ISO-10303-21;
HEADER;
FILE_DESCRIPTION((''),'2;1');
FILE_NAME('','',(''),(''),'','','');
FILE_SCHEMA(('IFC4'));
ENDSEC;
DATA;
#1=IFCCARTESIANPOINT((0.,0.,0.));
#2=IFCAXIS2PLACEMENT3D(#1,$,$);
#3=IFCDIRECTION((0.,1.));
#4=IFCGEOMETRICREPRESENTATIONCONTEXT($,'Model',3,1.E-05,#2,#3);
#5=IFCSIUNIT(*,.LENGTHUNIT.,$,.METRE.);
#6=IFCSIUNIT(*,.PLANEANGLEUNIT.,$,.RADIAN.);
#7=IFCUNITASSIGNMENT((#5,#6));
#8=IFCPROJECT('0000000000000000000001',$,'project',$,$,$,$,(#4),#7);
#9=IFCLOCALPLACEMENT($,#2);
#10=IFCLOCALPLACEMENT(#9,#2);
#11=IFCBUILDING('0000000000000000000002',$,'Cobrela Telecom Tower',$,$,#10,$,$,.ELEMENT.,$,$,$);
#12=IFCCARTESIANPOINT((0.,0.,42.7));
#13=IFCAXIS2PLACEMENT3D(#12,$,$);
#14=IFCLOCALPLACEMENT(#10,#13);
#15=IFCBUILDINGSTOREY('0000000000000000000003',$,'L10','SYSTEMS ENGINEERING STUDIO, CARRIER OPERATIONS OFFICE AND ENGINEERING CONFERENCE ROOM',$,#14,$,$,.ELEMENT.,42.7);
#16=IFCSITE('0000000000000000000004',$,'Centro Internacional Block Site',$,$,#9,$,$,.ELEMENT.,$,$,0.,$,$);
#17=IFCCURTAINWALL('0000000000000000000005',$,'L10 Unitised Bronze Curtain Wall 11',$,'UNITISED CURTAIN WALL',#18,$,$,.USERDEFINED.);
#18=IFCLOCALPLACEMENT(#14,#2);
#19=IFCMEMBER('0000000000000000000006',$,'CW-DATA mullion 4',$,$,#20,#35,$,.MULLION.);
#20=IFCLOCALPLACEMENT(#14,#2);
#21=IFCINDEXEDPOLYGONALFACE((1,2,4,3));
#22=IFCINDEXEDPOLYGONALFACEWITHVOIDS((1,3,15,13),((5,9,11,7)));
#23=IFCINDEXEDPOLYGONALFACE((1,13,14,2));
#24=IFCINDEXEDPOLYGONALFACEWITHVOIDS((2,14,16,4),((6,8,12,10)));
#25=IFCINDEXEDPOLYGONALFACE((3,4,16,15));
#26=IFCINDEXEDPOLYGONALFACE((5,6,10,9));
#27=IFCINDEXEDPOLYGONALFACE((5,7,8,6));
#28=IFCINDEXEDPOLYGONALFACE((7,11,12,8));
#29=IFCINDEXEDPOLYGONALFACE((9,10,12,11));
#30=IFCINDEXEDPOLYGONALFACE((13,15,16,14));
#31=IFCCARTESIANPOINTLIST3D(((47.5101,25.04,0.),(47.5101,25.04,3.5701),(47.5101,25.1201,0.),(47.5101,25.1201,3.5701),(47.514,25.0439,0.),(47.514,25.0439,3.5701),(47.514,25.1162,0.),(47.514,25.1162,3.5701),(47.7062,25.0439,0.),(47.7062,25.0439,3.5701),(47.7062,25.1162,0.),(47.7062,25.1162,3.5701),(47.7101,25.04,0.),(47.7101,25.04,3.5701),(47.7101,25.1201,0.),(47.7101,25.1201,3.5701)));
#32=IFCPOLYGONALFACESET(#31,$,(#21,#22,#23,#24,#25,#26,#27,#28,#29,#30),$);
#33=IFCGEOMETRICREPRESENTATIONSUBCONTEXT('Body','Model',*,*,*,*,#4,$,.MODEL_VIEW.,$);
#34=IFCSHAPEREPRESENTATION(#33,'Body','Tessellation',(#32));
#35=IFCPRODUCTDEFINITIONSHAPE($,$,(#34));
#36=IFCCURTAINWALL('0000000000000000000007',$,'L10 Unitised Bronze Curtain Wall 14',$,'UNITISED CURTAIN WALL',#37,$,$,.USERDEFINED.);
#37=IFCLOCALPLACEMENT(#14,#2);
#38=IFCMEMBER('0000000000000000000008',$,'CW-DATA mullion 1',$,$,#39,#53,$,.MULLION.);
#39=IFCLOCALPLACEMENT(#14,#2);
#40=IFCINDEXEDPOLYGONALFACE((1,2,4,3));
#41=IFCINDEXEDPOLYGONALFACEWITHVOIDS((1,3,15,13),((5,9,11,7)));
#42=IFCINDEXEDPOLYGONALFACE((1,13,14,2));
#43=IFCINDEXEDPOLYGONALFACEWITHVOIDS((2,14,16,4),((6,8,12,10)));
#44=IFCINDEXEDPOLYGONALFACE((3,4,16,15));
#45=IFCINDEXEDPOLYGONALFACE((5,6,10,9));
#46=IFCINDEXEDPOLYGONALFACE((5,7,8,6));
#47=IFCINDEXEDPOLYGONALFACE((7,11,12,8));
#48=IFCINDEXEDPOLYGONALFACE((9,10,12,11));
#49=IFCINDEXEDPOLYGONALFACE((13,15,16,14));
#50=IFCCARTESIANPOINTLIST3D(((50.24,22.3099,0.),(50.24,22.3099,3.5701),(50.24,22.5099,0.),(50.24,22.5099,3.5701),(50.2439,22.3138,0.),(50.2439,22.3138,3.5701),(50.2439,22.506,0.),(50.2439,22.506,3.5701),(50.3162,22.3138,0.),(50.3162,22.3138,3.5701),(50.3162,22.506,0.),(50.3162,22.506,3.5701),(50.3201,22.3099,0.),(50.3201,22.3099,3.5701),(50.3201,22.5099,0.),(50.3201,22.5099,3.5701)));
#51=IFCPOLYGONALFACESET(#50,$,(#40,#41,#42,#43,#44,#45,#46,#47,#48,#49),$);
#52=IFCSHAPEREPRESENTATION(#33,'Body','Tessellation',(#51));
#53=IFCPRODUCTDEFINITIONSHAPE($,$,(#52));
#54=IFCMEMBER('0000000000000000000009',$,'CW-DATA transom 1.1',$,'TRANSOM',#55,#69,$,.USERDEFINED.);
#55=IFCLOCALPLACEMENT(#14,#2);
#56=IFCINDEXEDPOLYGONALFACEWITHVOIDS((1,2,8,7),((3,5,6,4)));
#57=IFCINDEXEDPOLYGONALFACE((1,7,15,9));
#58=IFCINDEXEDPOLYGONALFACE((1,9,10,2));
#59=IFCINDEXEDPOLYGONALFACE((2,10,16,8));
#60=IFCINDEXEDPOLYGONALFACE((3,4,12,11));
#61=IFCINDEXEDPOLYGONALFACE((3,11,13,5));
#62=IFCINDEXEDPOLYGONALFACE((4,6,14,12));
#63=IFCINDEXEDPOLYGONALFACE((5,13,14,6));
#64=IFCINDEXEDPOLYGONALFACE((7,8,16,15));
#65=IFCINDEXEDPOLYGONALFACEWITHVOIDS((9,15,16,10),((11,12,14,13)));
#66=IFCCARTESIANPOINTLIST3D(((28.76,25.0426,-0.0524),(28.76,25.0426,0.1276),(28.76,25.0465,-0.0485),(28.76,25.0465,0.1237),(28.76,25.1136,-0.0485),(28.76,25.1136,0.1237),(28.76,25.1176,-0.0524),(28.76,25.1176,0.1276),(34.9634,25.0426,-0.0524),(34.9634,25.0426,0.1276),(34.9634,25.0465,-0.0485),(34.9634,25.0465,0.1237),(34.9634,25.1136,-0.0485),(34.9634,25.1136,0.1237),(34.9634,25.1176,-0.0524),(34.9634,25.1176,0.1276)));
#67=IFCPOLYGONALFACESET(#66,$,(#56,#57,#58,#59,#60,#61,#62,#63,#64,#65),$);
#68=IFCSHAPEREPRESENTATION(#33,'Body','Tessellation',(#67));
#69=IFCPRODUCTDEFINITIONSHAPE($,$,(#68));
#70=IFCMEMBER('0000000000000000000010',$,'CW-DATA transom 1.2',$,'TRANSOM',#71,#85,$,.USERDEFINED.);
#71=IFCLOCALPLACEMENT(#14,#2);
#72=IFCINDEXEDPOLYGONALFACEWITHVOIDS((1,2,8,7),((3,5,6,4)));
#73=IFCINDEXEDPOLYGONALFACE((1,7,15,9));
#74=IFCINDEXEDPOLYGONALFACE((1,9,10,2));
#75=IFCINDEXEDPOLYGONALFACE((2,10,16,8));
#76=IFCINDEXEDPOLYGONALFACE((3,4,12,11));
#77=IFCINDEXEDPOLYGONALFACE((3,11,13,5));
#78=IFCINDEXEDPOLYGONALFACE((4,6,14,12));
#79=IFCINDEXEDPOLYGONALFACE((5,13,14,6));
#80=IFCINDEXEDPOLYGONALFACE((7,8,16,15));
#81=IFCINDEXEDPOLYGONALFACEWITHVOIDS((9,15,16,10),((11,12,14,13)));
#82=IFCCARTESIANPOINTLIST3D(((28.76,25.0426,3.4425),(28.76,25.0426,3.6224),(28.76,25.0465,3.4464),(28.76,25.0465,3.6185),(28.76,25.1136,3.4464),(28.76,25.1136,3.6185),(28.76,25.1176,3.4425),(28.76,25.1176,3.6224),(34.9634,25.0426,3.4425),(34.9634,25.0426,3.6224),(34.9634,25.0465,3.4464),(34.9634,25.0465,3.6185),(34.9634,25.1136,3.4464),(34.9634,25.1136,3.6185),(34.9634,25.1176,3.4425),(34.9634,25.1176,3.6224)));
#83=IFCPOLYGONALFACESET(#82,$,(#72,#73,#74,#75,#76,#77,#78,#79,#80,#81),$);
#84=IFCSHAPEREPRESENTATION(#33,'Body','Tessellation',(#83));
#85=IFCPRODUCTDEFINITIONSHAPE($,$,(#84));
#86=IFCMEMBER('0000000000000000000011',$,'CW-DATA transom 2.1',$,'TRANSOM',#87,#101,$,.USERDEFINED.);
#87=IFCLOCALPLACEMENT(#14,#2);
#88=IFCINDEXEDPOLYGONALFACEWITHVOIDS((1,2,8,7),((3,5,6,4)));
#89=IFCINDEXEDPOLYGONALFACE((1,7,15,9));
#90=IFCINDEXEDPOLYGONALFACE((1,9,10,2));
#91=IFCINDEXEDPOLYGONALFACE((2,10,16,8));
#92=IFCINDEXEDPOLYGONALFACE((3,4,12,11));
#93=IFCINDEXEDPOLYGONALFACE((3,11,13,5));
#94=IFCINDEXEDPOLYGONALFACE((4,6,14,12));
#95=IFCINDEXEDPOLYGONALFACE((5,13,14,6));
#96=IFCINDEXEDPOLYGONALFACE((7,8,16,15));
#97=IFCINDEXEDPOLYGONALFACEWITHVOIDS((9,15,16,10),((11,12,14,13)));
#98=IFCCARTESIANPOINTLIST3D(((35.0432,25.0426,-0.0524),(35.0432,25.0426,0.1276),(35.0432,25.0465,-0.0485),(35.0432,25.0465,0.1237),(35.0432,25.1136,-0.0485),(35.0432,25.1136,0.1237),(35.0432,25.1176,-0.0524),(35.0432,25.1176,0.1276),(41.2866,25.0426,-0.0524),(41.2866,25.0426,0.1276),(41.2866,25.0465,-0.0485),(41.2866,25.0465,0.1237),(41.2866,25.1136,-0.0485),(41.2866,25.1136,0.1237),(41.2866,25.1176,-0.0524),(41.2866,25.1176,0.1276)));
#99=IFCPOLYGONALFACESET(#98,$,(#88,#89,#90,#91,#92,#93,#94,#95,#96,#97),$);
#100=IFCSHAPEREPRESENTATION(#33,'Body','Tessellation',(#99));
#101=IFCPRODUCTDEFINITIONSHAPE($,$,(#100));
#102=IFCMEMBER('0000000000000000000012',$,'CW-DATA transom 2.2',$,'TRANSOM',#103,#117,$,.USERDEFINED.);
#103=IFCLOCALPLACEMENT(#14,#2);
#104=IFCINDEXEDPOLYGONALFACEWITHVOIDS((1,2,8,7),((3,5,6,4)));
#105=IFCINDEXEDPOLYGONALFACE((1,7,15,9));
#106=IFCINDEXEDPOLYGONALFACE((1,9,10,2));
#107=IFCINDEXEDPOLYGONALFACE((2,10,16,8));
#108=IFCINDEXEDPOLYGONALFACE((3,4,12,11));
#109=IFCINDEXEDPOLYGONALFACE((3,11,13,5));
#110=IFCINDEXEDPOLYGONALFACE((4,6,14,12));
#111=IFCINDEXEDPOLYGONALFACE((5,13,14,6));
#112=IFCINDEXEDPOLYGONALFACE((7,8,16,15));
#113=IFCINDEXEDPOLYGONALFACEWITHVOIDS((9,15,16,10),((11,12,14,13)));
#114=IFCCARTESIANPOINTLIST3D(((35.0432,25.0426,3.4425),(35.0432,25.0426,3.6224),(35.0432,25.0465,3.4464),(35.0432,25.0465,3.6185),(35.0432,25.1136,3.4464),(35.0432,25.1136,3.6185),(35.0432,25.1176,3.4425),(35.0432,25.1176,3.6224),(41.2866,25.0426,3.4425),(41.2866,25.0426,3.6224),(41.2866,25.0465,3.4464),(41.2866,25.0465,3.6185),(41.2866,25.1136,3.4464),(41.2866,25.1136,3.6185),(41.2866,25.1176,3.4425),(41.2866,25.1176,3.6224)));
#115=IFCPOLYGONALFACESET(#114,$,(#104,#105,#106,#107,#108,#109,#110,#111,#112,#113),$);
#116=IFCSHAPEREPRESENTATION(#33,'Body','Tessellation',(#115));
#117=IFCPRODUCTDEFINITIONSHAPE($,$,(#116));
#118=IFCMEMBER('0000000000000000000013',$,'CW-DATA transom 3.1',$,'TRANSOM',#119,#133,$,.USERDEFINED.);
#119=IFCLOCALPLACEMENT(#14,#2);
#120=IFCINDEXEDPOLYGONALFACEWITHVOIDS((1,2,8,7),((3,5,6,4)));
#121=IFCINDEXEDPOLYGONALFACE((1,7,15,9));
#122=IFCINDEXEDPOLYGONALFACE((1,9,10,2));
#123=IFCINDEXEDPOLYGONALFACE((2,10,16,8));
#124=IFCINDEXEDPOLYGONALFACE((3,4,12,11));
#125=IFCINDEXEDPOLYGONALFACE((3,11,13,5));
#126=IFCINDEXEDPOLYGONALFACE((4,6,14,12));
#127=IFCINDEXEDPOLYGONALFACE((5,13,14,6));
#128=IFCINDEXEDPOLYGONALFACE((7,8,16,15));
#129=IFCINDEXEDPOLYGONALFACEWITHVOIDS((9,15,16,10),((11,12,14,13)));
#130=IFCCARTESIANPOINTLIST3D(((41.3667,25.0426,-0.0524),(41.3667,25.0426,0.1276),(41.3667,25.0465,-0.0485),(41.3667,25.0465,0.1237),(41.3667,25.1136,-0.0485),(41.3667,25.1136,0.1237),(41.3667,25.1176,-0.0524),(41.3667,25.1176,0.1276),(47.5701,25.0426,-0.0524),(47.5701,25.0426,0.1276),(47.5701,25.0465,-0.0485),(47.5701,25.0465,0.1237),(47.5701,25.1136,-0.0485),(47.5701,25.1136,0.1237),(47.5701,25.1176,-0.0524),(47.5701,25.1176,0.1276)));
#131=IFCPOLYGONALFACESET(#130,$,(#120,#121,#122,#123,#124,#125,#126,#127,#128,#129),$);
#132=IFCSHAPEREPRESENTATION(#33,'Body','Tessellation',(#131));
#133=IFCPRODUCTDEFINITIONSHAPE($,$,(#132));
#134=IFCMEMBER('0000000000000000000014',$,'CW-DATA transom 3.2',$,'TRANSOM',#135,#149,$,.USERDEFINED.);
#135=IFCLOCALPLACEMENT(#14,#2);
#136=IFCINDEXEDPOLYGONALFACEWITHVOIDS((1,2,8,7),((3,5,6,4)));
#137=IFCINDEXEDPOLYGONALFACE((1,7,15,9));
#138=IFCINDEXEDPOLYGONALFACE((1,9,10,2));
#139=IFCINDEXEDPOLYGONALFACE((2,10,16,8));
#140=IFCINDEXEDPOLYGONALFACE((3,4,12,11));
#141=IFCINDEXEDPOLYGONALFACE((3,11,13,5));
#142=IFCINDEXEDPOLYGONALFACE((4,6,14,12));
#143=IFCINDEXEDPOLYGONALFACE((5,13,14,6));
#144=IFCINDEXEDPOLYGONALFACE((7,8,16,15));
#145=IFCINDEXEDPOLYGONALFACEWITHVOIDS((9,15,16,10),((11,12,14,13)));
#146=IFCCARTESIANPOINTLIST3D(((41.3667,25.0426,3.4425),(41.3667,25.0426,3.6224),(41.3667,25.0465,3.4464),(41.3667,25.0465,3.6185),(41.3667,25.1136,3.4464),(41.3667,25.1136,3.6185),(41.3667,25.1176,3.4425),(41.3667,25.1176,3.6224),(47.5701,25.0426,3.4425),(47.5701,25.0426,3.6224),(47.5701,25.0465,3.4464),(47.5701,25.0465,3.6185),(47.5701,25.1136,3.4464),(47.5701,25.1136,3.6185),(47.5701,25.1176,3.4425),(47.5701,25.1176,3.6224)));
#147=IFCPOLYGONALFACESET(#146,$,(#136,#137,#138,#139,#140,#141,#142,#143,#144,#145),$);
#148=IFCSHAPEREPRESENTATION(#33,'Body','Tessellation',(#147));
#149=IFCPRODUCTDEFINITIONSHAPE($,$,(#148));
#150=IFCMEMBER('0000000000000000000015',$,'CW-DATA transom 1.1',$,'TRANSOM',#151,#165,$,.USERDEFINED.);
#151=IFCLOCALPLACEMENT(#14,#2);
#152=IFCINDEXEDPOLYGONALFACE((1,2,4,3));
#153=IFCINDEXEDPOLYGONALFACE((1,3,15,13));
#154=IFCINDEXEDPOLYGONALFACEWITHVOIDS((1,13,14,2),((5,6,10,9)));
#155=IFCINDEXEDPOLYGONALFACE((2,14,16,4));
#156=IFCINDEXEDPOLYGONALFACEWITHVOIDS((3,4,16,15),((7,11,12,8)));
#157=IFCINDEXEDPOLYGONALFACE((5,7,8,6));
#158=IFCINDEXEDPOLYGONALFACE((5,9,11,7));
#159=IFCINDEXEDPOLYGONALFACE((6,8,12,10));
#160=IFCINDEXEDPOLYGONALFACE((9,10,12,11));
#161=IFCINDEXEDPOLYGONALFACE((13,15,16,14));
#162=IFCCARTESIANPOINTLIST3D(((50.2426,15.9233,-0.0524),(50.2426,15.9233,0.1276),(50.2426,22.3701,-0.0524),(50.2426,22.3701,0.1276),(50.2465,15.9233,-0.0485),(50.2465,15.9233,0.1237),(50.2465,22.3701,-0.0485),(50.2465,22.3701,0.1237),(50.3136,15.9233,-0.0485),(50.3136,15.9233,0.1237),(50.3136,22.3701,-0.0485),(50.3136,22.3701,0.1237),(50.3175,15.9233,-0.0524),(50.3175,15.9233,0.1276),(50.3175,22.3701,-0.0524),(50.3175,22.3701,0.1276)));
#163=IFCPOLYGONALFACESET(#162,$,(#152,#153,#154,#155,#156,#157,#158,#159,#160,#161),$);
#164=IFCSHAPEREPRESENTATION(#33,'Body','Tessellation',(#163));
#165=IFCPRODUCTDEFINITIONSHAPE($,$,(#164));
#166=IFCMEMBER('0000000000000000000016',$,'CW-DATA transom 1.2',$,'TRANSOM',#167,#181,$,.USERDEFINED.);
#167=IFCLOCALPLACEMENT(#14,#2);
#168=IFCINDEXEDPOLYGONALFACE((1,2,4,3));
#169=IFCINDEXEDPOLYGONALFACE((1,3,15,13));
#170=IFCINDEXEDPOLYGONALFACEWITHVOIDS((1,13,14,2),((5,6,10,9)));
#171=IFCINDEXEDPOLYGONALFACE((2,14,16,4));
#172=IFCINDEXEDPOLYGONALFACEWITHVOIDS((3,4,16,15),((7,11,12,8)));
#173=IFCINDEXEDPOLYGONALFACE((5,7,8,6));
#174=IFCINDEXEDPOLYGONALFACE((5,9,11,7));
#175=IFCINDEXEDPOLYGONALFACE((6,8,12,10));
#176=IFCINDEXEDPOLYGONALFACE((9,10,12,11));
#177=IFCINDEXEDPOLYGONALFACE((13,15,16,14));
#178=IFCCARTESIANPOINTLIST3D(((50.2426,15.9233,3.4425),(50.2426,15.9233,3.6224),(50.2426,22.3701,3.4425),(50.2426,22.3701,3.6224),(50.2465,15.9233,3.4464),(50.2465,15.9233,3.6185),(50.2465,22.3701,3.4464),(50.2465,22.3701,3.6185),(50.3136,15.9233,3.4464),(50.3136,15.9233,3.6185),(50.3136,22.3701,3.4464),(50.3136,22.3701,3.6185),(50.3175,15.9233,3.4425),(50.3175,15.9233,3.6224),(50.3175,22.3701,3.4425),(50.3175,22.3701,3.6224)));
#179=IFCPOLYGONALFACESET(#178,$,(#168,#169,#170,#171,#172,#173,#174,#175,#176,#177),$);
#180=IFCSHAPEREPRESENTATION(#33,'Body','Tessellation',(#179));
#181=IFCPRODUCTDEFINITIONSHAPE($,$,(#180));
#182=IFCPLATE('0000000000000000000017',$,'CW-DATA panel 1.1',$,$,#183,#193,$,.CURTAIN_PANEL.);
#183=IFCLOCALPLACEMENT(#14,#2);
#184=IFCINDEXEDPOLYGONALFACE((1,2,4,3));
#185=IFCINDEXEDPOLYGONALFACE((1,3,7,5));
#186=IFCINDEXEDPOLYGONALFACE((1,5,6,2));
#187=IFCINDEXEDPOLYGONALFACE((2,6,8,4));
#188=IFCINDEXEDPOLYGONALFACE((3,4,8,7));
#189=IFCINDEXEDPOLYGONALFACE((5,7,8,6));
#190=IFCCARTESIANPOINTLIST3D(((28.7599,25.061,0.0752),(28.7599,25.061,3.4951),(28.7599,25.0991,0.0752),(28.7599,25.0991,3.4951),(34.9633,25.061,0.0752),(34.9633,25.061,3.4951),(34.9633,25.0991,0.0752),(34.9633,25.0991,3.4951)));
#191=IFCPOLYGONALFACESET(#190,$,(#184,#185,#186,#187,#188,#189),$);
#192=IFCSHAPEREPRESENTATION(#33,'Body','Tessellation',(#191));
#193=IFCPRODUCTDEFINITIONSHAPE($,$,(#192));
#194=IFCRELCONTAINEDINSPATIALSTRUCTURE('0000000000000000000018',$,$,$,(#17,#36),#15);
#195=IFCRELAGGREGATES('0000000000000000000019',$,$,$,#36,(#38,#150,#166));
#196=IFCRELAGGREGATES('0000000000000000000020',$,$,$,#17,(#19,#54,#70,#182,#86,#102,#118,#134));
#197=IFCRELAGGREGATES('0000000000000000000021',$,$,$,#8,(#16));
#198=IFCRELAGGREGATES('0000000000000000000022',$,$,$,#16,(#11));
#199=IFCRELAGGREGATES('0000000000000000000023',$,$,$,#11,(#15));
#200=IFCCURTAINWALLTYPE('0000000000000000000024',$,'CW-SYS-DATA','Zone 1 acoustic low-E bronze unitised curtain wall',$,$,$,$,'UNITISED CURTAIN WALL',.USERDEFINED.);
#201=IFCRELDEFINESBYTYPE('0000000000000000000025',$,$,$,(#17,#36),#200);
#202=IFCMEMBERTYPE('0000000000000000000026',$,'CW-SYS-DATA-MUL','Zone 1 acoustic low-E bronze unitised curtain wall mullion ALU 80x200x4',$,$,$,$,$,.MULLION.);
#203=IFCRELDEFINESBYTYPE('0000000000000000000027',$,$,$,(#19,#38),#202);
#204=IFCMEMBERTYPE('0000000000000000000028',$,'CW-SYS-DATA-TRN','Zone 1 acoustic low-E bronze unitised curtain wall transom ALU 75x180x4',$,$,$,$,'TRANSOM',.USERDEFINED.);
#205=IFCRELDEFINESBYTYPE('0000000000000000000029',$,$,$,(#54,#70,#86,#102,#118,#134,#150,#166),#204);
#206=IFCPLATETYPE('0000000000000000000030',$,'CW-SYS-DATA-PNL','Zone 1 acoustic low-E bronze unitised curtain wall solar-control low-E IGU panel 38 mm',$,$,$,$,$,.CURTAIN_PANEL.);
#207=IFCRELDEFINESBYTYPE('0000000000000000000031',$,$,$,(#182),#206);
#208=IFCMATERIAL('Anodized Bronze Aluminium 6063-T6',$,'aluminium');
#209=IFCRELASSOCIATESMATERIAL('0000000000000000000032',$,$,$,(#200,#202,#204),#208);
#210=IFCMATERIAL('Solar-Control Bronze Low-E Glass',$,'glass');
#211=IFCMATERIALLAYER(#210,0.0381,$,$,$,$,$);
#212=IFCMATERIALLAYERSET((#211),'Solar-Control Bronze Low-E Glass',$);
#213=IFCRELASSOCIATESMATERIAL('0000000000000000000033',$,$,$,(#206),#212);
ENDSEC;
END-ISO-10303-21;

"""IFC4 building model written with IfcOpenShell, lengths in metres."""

from ifc_helpers import new_model, si_unit, direction, frame, origin, origin_2d, place, context, subcontext, project, spatial, rectangle, hollow_rectangle, extrude, material, layer, layer_set, material_profile, profile_set, type_object, element, aggregate, save


model = new_model("IFC4")

# Units and contexts
model_context = context("Model", 3, precision=1e-05, world=origin(), true_north=direction((0.0, 1.0)))
body_context = subcontext(model_context, "Body", "Model", "MODEL_VIEW")
ifc_project = project(units=[si_unit("LENGTHUNIT", "METRE"), si_unit("PLANEANGLEUNIT", "RADIAN")], contexts=[model_context])

# Site, building, storey
site_placement = place(None, origin())
site = spatial("IfcSite", under=ifc_project, at=site_placement, Name="Centro Internacional Block Site", CompositionType="ELEMENT", RefElevation=0.0)
building_placement = place(site_placement, origin())
building = spatial("IfcBuilding", under=site, at=building_placement, Name="Cobrela Telecom Tower", CompositionType="ELEMENT")
storey_placement = place(building_placement, frame((0.0, 0.0, 42.7)))
storey = spatial("IfcBuildingStorey", under=building, at=storey_placement, Name="L10", Description="SYSTEMS ENGINEERING STUDIO, CARRIER OPERATIONS OFFICE AND ENGINEERING CONFERENCE ROOM", CompositionType="ELEMENT", Elevation=42.7)

# Shared definitions
ifc_material_1 = material(Name="Anodized Bronze Aluminium 6063-T6", Category="aluminium")
curtain_wall_type = type_object("IfcCurtainWallType", Name="CW-SYS-DATA", Description="Zone 1 acoustic low-E bronze unitised curtain wall", ElementType="UNITISED CURTAIN WALL", PredefinedType="USERDEFINED", material=ifc_material_1)
ifc_material_profile_1 = material_profile(ifc_material_1, hollow_rectangle(XDim=0.0801, YDim=0.2, WallThickness=0.0039, at=origin_2d()), Name="ALU 80x200x4")
ifc_profile_set_1 = profile_set([ifc_material_profile_1], Name="Anodized Bronze Aluminium 6063-T6")
member_type_1 = type_object("IfcMemberType", Name="CW-SYS-DATA-MUL", Description="Zone 1 acoustic low-E bronze unitised curtain wall mullion ALU 80x200x4", PredefinedType="MULLION", material=ifc_profile_set_1)

# Curtain wall, member
curtain_wall_1_placement = place(storey_placement, origin())
curtain_wall_1 = element("IfcCurtainWall", 1, at=curtain_wall_1_placement, inside=storey, type_object=curtain_wall_type, Name="L10 Unitised Bronze Curtain Wall 11", ObjectType="UNITISED CURTAIN WALL", PredefinedType="USERDEFINED")
member_1_placement = place(storey_placement, frame((47.6101, 25.0801, 0.0), z_axis=(0.0, 0.0, 1.0), x_axis=(0.0, 1.0, 0.0)))
member_1 = element("IfcMember", 2, at=member_1_placement, type_object=member_type_1, Name="CW-DATA mullion 4", PredefinedType="MULLION", context=body_context, shape_type="SweptSolid", body=[
    extrude(hollow_rectangle(XDim=0.0801, YDim=0.2, WallThickness=0.0039, at=origin_2d()), origin(), (0.0, 0.0, 1.0), 3.5701),
])

# Curtain wall, member
curtain_wall_2_placement = place(storey_placement, origin())
curtain_wall_2 = element("IfcCurtainWall", 3, at=curtain_wall_2_placement, inside=storey, type_object=curtain_wall_type, Name="L10 Unitised Bronze Curtain Wall 14", ObjectType="UNITISED CURTAIN WALL", PredefinedType="USERDEFINED")
member_2_placement = place(storey_placement, frame((50.28, 22.4099, 0.0), z_axis=(0.0, 0.0, 1.0), x_axis=(1.0, 0.0, 0.0)))
member_2 = element("IfcMember", 4, at=member_2_placement, type_object=member_type_1, Name="CW-DATA mullion 1", PredefinedType="MULLION", context=body_context, shape_type="SweptSolid", body=[
    extrude(hollow_rectangle(XDim=0.0801, YDim=0.2, WallThickness=0.0039, at=origin_2d()), origin(), (0.0, 0.0, 1.0), 3.5701),
])

# Members
ifc_material_profile_2 = material_profile(ifc_material_1, hollow_rectangle(XDim=0.075, YDim=0.1799, WallThickness=0.0039, at=origin_2d()), Name="ALU 75x180x4")
ifc_profile_set_2 = profile_set([ifc_material_profile_2], Name="Anodized Bronze Aluminium 6063-T6")
member_type_2 = type_object("IfcMemberType", Name="CW-SYS-DATA-TRN", Description="Zone 1 acoustic low-E bronze unitised curtain wall transom ALU 75x180x4", ElementType="TRANSOM", PredefinedType="USERDEFINED", material=ifc_profile_set_2)
member_3_placement = place(storey_placement, frame((28.76, 25.0801, 0.0376), z_axis=(1.0, 0.0, 0.0), x_axis=(0.0, 1.0, 0.0)))
member_3 = element("IfcMember", 5, at=member_3_placement, type_object=member_type_2, Name="CW-DATA transom 1.1", ObjectType="TRANSOM", PredefinedType="USERDEFINED", context=body_context, shape_type="SweptSolid", body=[
    extrude(hollow_rectangle(XDim=0.075, YDim=0.1799, WallThickness=0.0039, at=origin_2d()), origin(), (0.0, 0.0, 1.0), 6.2034),
])
member_4_placement = place(storey_placement, frame((28.76, 25.0801, 3.5325), z_axis=(1.0, 0.0, 0.0), x_axis=(0.0, 1.0, 0.0)))
member_4 = element("IfcMember", 6, at=member_4_placement, type_object=member_type_2, Name="CW-DATA transom 1.2", ObjectType="TRANSOM", PredefinedType="USERDEFINED", context=body_context, shape_type="SweptSolid", body=[
    extrude(hollow_rectangle(XDim=0.075, YDim=0.1799, WallThickness=0.0039, at=origin_2d()), origin(), (0.0, 0.0, 1.0), 6.2034),
])
member_5_placement = place(storey_placement, frame((35.0432, 25.0801, 0.0376), z_axis=(1.0, 0.0, 0.0), x_axis=(0.0, 1.0, 0.0)))
member_5 = element("IfcMember", 7, at=member_5_placement, type_object=member_type_2, Name="CW-DATA transom 2.1", ObjectType="TRANSOM", PredefinedType="USERDEFINED", context=body_context, shape_type="SweptSolid", body=[
    extrude(hollow_rectangle(XDim=0.075, YDim=0.1799, WallThickness=0.0039, at=origin_2d()), origin(), (0.0, 0.0, 1.0), 6.2434),
])
member_6_placement = place(storey_placement, frame((35.0432, 25.0801, 3.5325), z_axis=(1.0, 0.0, 0.0), x_axis=(0.0, 1.0, 0.0)))
member_6 = element("IfcMember", 8, at=member_6_placement, type_object=member_type_2, Name="CW-DATA transom 2.2", ObjectType="TRANSOM", PredefinedType="USERDEFINED", context=body_context, shape_type="SweptSolid", body=[
    extrude(hollow_rectangle(XDim=0.075, YDim=0.1799, WallThickness=0.0039, at=origin_2d()), origin(), (0.0, 0.0, 1.0), 6.2434),
])
member_7_placement = place(storey_placement, frame((41.3667, 25.0801, 0.0376), z_axis=(1.0, 0.0, 0.0), x_axis=(0.0, 1.0, 0.0)))
member_7 = element("IfcMember", 9, at=member_7_placement, type_object=member_type_2, Name="CW-DATA transom 3.1", ObjectType="TRANSOM", PredefinedType="USERDEFINED", context=body_context, shape_type="SweptSolid", body=[
    extrude(hollow_rectangle(XDim=0.075, YDim=0.1799, WallThickness=0.0039, at=origin_2d()), origin(), (0.0, 0.0, 1.0), 6.2034),
])
member_8_placement = place(storey_placement, frame((41.3667, 25.0801, 3.5325), z_axis=(1.0, 0.0, 0.0), x_axis=(0.0, 1.0, 0.0)))
member_8 = element("IfcMember", 10, at=member_8_placement, type_object=member_type_2, Name="CW-DATA transom 3.2", ObjectType="TRANSOM", PredefinedType="USERDEFINED", context=body_context, shape_type="SweptSolid", body=[
    extrude(hollow_rectangle(XDim=0.075, YDim=0.1799, WallThickness=0.0039, at=origin_2d()), origin(), (0.0, 0.0, 1.0), 6.2034),
])
member_9_placement = place(storey_placement, frame((50.28, 22.3701, 0.0376), z_axis=(0.0, -1.0, 0.0), x_axis=(1.0, 0.0, 0.0)))
member_9 = element("IfcMember", 11, at=member_9_placement, type_object=member_type_2, Name="CW-DATA transom 1.1", ObjectType="TRANSOM", PredefinedType="USERDEFINED", context=body_context, shape_type="SweptSolid", body=[
    extrude(hollow_rectangle(XDim=0.075, YDim=0.1799, WallThickness=0.0039, at=origin_2d()), origin(), (0.0, 0.0, 1.0), 6.4468),
])
member_10_placement = place(storey_placement, frame((50.28, 22.3701, 3.5325), z_axis=(0.0, -1.0, 0.0), x_axis=(1.0, 0.0, 0.0)))
member_10 = element("IfcMember", 12, at=member_10_placement, type_object=member_type_2, Name="CW-DATA transom 1.2", ObjectType="TRANSOM", PredefinedType="USERDEFINED", context=body_context, shape_type="SweptSolid", body=[
    extrude(hollow_rectangle(XDim=0.075, YDim=0.1799, WallThickness=0.0039, at=origin_2d()), origin(), (0.0, 0.0, 1.0), 6.4468),
])
aggregate(curtain_wall_2, [member_2, member_9, member_10])

# Plate
ifc_material_2 = material(Name="Solar-Control Bronze Low-E Glass", Category="glass")
ifc_layer_1 = layer(ifc_material_2, 0.0381)
ifc_layer_set_1 = layer_set([ifc_layer_1], Name="Solar-Control Bronze Low-E Glass")
plate_type = type_object("IfcPlateType", Name="CW-SYS-DATA-PNL", Description="Zone 1 acoustic low-E bronze unitised curtain wall solar-control low-E IGU panel 38 mm", PredefinedType="CURTAIN_PANEL", material=ifc_layer_set_1)
plate_1_placement = place(storey_placement, frame((31.8616, 25.0801, 0.0752), z_axis=(0.0, 0.0, 1.0), x_axis=(1.0, 0.0, 0.0)))
plate_1 = element("IfcPlate", 13, at=plate_1_placement, type_object=plate_type, Name="CW-DATA panel 1.1", PredefinedType="CURTAIN_PANEL", context=body_context, shape_type="SweptSolid", body=[
    extrude(rectangle(XDim=6.2034, YDim=0.0381, at=origin_2d()), origin(), (0.0, 0.0, 1.0), 3.4199),
])
aggregate(curtain_wall_1, [member_1, member_3, member_4, plate_1, member_5, member_6, member_7, member_8])

save(model, "model.ifc")
